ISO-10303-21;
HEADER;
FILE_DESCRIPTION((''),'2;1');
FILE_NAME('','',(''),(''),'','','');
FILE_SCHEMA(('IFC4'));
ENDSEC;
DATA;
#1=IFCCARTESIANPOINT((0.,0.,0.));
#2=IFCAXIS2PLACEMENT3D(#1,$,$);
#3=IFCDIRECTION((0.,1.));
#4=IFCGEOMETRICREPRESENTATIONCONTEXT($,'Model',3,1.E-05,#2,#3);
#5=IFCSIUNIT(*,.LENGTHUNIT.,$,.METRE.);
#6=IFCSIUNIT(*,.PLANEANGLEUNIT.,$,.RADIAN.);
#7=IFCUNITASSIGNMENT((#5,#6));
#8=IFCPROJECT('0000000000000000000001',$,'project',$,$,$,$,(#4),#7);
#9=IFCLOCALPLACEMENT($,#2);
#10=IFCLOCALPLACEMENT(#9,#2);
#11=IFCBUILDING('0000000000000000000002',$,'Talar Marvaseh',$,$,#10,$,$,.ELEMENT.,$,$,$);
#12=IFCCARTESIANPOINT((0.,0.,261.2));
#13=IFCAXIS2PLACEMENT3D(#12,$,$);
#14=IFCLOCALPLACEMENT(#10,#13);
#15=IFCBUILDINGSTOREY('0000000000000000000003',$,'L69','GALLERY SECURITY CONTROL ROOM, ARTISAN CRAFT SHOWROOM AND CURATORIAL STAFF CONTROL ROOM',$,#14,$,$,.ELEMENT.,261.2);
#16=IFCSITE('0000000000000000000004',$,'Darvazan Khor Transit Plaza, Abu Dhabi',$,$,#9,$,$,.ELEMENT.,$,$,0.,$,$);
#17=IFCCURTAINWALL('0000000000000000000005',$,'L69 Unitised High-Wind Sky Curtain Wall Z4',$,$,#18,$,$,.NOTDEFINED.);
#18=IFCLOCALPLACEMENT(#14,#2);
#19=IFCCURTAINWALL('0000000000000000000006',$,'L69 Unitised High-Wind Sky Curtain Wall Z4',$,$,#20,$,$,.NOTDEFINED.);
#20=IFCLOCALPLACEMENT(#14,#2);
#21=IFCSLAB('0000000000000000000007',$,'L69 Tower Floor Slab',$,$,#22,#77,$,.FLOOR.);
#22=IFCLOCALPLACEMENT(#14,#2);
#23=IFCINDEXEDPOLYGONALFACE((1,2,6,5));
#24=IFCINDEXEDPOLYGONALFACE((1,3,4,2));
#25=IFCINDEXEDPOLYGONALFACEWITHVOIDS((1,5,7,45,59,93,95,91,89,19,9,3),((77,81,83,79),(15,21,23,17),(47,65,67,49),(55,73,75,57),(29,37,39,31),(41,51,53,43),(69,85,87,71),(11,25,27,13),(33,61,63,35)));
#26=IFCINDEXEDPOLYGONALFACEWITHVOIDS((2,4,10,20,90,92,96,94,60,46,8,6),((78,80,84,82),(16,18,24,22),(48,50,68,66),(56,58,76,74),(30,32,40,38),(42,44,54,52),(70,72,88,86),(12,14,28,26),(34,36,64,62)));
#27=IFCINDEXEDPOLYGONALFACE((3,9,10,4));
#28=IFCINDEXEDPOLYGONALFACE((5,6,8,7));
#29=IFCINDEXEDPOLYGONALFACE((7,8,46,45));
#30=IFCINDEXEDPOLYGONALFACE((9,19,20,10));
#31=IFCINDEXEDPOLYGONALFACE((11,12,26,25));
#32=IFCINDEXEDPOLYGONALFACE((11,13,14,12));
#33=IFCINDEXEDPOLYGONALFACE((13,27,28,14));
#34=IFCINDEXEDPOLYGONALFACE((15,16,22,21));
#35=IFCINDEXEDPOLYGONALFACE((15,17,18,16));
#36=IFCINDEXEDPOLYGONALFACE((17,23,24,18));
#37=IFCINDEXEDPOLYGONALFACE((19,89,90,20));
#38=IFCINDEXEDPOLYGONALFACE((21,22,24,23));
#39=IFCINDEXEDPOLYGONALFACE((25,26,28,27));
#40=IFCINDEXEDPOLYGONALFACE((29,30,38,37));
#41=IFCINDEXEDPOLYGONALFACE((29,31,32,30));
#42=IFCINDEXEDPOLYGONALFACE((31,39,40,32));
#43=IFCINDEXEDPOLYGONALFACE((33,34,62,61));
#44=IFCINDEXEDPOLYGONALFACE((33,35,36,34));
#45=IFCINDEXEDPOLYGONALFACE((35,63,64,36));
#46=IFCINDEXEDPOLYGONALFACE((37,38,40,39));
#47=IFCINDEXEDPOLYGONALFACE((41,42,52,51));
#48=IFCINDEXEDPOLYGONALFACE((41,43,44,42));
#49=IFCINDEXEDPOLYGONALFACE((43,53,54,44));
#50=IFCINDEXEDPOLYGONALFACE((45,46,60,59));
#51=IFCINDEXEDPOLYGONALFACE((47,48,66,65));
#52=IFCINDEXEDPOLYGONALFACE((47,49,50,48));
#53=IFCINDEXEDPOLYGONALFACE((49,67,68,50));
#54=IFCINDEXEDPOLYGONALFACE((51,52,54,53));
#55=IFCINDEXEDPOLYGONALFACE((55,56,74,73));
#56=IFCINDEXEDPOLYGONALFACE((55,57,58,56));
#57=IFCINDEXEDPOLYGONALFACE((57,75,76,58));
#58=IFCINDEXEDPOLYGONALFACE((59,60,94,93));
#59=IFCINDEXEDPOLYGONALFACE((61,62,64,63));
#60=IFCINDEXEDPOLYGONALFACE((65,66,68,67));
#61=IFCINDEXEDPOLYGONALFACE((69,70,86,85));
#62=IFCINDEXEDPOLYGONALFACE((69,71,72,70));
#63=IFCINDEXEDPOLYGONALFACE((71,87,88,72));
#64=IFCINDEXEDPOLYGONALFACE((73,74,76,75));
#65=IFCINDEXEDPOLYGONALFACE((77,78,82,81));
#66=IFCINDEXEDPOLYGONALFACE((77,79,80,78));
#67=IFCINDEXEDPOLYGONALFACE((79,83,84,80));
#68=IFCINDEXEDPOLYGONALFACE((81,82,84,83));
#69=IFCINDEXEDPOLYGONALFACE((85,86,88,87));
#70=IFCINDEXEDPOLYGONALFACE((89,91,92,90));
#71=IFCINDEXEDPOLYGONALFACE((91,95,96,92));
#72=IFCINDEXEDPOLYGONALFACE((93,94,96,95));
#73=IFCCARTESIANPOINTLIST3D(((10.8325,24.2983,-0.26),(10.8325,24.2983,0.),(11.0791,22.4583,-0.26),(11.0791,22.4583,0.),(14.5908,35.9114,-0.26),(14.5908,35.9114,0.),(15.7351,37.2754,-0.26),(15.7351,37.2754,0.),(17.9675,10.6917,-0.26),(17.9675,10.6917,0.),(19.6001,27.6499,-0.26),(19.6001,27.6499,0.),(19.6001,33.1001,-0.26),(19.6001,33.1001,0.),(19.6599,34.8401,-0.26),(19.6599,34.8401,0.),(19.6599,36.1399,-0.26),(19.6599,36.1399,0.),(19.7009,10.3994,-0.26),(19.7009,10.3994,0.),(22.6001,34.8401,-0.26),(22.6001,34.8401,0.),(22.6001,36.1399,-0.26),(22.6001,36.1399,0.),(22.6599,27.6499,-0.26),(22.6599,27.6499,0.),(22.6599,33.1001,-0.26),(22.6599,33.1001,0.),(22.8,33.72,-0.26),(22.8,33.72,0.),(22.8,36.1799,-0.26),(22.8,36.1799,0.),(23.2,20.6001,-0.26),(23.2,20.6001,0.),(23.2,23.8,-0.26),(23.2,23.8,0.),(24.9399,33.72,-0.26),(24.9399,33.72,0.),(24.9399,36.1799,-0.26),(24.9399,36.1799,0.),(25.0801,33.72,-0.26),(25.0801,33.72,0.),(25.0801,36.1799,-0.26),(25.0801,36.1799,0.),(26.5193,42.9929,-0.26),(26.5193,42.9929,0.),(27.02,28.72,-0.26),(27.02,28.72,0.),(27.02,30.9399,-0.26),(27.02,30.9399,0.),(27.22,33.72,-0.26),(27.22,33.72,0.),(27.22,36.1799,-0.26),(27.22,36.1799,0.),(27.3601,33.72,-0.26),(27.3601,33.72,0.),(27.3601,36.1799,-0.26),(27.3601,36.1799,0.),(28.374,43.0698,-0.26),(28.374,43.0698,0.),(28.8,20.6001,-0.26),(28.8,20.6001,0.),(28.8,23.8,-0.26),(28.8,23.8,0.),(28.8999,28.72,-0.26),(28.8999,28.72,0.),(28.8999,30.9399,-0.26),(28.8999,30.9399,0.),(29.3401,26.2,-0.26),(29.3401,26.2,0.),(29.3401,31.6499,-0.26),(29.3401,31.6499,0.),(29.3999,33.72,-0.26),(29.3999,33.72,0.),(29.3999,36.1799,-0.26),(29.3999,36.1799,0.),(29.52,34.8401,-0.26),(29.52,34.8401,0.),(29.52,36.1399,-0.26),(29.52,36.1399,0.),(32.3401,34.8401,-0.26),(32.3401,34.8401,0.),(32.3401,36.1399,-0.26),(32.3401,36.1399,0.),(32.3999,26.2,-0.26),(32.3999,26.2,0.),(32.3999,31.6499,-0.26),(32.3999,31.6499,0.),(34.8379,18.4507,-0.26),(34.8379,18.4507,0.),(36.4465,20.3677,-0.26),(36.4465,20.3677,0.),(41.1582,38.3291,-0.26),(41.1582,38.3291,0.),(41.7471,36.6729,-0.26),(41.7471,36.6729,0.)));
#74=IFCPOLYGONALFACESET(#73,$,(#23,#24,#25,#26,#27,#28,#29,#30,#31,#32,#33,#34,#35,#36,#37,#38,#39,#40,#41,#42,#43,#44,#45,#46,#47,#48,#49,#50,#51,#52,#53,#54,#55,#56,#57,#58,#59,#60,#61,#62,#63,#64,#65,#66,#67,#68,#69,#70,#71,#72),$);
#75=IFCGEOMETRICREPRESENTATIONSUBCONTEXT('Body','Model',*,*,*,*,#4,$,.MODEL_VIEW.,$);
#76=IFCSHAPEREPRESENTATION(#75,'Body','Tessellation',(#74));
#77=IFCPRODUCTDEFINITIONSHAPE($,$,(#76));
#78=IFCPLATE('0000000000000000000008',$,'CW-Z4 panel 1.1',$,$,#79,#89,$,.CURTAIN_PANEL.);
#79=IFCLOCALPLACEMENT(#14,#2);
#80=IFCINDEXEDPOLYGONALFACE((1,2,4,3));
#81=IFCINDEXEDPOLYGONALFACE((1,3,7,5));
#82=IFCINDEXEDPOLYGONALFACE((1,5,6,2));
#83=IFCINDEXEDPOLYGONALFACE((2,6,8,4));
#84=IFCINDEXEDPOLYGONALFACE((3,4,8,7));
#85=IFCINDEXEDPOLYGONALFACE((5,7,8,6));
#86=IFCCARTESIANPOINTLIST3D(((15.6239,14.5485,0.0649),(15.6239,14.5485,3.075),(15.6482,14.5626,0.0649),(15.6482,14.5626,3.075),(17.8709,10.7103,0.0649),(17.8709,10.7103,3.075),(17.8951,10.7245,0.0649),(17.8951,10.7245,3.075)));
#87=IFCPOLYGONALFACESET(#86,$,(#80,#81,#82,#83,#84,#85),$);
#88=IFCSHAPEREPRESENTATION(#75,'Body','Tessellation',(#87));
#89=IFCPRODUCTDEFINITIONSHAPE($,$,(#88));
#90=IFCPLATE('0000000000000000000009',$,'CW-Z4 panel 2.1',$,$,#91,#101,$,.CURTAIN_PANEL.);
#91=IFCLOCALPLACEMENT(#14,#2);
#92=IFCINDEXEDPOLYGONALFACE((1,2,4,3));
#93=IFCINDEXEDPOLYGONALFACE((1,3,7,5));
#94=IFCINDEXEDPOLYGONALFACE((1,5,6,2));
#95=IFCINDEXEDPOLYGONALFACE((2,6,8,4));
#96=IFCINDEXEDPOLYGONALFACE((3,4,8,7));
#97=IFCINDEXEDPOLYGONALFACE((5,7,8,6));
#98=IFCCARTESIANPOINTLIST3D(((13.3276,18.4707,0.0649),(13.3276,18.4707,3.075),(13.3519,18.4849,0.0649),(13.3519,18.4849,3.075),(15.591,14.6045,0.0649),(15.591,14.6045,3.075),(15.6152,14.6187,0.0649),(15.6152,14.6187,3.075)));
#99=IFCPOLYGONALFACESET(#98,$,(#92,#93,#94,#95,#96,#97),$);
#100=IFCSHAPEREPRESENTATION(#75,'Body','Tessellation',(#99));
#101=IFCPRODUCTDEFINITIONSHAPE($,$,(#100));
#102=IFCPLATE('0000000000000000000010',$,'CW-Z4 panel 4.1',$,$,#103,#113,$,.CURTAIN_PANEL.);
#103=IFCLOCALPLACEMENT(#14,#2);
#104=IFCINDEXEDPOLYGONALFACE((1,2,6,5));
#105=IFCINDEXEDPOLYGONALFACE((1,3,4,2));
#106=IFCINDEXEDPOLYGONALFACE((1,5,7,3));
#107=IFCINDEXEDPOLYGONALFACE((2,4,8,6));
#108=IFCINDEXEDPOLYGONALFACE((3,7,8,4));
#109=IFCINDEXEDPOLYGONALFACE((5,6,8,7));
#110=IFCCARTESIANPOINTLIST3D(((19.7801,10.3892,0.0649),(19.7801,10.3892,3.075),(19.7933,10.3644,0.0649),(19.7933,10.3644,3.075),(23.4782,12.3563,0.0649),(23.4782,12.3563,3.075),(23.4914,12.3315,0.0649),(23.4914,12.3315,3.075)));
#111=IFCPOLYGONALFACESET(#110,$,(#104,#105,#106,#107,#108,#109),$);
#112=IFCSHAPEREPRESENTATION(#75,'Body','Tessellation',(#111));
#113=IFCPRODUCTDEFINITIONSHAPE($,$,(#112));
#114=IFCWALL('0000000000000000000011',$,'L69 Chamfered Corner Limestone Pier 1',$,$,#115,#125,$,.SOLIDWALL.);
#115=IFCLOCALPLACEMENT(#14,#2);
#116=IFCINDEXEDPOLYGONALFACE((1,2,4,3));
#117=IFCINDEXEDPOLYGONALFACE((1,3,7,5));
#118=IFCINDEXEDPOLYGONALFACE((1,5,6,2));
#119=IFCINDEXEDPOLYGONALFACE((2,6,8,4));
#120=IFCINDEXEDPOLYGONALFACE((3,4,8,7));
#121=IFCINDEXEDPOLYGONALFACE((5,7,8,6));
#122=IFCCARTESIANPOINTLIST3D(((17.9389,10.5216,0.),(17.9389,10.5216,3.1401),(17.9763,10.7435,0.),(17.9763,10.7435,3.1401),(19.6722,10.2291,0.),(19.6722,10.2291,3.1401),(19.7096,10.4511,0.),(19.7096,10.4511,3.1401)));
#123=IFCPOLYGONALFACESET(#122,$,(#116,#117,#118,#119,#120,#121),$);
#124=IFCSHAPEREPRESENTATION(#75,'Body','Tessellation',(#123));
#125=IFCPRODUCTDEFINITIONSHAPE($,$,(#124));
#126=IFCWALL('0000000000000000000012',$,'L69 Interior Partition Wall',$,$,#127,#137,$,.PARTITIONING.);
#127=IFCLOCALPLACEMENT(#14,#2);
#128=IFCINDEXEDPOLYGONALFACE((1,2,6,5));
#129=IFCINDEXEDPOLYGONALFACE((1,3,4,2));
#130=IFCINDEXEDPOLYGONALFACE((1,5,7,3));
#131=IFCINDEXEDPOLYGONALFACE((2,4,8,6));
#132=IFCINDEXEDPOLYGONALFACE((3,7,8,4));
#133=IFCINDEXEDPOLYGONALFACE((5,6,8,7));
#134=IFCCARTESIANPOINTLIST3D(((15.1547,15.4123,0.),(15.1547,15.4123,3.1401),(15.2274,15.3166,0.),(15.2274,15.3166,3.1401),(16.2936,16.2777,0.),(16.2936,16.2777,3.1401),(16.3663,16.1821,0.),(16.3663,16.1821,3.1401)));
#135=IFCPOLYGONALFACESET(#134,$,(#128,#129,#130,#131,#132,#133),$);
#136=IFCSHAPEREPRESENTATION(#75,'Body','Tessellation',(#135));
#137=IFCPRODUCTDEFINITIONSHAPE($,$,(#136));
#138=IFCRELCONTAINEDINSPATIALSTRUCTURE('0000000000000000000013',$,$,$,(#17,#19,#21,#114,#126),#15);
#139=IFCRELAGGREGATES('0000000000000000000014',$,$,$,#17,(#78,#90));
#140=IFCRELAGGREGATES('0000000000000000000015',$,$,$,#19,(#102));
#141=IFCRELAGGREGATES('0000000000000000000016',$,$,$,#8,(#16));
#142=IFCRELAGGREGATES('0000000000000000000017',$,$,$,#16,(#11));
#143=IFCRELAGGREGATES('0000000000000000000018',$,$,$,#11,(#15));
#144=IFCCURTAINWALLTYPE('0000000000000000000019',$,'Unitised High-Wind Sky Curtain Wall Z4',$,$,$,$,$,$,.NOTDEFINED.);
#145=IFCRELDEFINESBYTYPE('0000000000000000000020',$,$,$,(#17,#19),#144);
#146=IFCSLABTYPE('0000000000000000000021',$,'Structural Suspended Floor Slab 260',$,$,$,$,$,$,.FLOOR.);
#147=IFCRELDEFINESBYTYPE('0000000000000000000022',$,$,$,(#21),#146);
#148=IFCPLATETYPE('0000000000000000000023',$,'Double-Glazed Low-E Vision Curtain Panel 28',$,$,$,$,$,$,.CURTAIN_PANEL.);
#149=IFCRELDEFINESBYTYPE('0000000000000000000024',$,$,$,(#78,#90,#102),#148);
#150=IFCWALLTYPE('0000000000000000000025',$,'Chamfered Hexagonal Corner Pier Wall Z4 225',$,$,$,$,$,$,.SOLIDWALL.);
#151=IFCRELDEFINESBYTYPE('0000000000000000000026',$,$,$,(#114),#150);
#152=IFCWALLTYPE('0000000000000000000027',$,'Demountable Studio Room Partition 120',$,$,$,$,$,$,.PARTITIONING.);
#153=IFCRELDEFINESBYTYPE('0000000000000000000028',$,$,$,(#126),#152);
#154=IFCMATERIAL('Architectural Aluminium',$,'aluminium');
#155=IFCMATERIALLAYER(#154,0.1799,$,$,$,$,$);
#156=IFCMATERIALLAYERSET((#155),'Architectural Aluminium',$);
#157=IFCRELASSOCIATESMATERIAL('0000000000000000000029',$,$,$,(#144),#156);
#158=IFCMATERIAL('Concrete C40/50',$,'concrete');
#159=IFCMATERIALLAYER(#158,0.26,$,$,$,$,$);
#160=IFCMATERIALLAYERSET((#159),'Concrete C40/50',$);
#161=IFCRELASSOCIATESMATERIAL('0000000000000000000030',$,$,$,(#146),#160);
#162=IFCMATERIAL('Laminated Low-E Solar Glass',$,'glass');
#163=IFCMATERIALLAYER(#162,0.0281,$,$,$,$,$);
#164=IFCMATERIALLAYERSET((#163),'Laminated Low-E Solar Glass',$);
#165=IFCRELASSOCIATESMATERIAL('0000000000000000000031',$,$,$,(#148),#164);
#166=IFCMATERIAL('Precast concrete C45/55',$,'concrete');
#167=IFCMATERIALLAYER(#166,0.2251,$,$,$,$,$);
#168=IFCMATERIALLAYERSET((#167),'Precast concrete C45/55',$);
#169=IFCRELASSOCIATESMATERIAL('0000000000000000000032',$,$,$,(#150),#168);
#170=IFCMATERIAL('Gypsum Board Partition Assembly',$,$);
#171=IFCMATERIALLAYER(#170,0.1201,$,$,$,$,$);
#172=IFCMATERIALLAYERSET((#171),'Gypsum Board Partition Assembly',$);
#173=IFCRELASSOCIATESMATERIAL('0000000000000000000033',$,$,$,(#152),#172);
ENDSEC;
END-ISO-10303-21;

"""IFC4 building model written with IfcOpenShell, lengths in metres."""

from ifc_helpers import new_model, si_unit, direction, frame, frame_2d, origin, origin_2d, place, context, subcontext, project, spatial, polyline, rectangle, outline, extrude, source, transform, mapped, material, layer, layer_set, type_object, type_shapes, element, aggregate, save


model = new_model("IFC4")

# Units and contexts
model_context = context("Model", 3, precision=1e-05, world=origin(), true_north=direction((0.0, 1.0)))
body_context = subcontext(model_context, "Body", "Model", "MODEL_VIEW")
ifc_project = project(units=[si_unit("LENGTHUNIT", "METRE"), si_unit("PLANEANGLEUNIT", "RADIAN")], contexts=[model_context])

# Site, building, storey
site_placement = place(None, origin())
site = spatial("IfcSite", under=ifc_project, at=site_placement, Name="Darvazan Khor Transit Plaza, Abu Dhabi", CompositionType="ELEMENT", RefElevation=0.0)
building_placement = place(site_placement, origin())
building = spatial("IfcBuilding", under=site, at=building_placement, Name="Talar Marvaseh", CompositionType="ELEMENT")
storey_placement = place(building_placement, frame((0.0, 0.0, 261.2)))
storey = spatial("IfcBuildingStorey", under=building, at=storey_placement, Name="L69", Description="GALLERY SECURITY CONTROL ROOM, ARTISAN CRAFT SHOWROOM AND CURATORIAL STAFF CONTROL ROOM", CompositionType="ELEMENT", Elevation=261.2)

# Curtain wall
ifc_material_1 = material(Name="Architectural Aluminium", Category="aluminium")
ifc_layer_1 = layer(ifc_material_1, 0.1799)
ifc_layer_set_1 = layer_set([ifc_layer_1], Name="Architectural Aluminium")
curtain_wall_type = type_object("IfcCurtainWallType", Name="Unitised High-Wind Sky Curtain Wall Z4", PredefinedType="NOTDEFINED", material=ifc_layer_set_1)
curtain_wall_1_placement = place(storey_placement, origin())
curtain_wall_1 = element("IfcCurtainWall", 1, at=curtain_wall_1_placement, inside=storey, type_object=curtain_wall_type, Name="L69 Unitised High-Wind Sky Curtain Wall Z4", PredefinedType="NOTDEFINED")

# Curtain wall
curtain_wall_2_placement = place(storey_placement, origin())
curtain_wall_2 = element("IfcCurtainWall", 2, at=curtain_wall_2_placement, inside=storey, type_object=curtain_wall_type, Name="L69 Unitised High-Wind Sky Curtain Wall Z4", PredefinedType="NOTDEFINED")

# Shared definitions
ifc_material_2 = material(Name="Concrete C40/50", Category="concrete")

# Slab
ifc_layer_2 = layer(ifc_material_2, 0.26)
ifc_layer_set_2 = layer_set([ifc_layer_2], Name="Concrete C40/50")
slab_type_1 = type_object("IfcSlabType", Name="Structural Suspended Floor Slab 260", PredefinedType="FLOOR", material=ifc_layer_set_2)
slab_1_placement = place(storey_placement, frame((0.0, 0.0, -0.26)))
element("IfcSlab", 3, at=slab_1_placement, inside=storey, type_object=slab_type_1, Name="L69 Tower Floor Slab", PredefinedType="FLOOR", context=body_context, shape_type="SweptSolid", body=[
    extrude(outline(polyline([(19.7009, 10.3994), (17.9675, 10.6917), (11.0791, 22.4583), (10.8325, 24.2983), (14.5908, 35.9114), (15.7351, 37.2754), (26.5193, 42.9929), (28.374, 43.0698), (41.1582, 38.3291), (41.7471, 36.6729), (36.4465, 20.3677), (34.8379, 18.4507), (19.7009, 10.3994)]), holes=[polyline([(22.6599, 27.6499), (22.6599, 33.1001), (19.6001, 33.1001), (19.6001, 27.6499), (22.6599, 27.6499)]), polyline([(29.3401, 31.6499), (29.3401, 26.2), (32.3999, 26.2), (32.3999, 31.6499), (29.3401, 31.6499)]), polyline([(22.8, 33.72), (24.9399, 33.72), (24.9399, 36.1799), (22.8, 36.1799), (22.8, 33.72)]), polyline([(25.0801, 33.72), (27.22, 33.72), (27.22, 36.1799), (25.0801, 36.1799), (25.0801, 33.72)]), polyline([(27.3601, 33.72), (29.3999, 33.72), (29.3999, 36.1799), (27.3601, 36.1799), (27.3601, 33.72)]), polyline([(27.02, 28.72), (28.8999, 28.72), (28.8999, 30.9399), (27.02, 30.9399), (27.02, 28.72)]), polyline([(19.6599, 34.8401), (22.6001, 34.8401), (22.6001, 36.1399), (19.6599, 36.1399), (19.6599, 34.8401)]), polyline([(29.52, 34.8401), (32.3401, 34.8401), (32.3401, 36.1399), (29.52, 36.1399), (29.52, 34.8401)]), polyline([(23.2, 20.6001), (28.8, 20.6001), (28.8, 23.8), (23.2, 23.8), (23.2, 20.6001)])]), origin(), (0.0, 0.0, 1.0), 0.26),
])

# Plates
ifc_material_3 = material(Name="Laminated Low-E Solar Glass", Category="glass")
ifc_layer_3 = layer(ifc_material_3, 0.0281)
ifc_layer_set_3 = layer_set([ifc_layer_3], Name="Laminated Low-E Solar Glass")
plate_type = type_object("IfcPlateType", Name="Double-Glazed Low-E Vision Curtain Panel 28", PredefinedType="CURTAIN_PANEL", material=ifc_layer_set_3)
shared_shape_1 = source(origin(), body_context, "Body", "SweptSolid", [
    extrude(rectangle(XDim=4.4475, YDim=0.0281, at=origin_2d()), origin(), (0.0, 0.0, 1.0), 3.01),
])
plate_1_placement = place(storey_placement, frame((16.7595, 12.6365, 0.0649), z_axis=(0.0, 0.0, 1.0), x_axis=(-0.505219, 0.862991, 0.0)))
plate_1 = element("IfcPlate", 4, at=plate_1_placement, type_object=plate_type, Name="CW-Z4 panel 1.1", PredefinedType="CURTAIN_PANEL", context=body_context, shape_type="MappedRepresentation", body=[
    mapped(shared_shape_1, transform((0.0, 0.0, 0.0), x_axis=(1.0, 0.0, 0.0), y_axis=(0.0, 1.0, 0.0), z_axis=(0.0, 0.0, 1.0), scale=1.0)),
])
shared_shape_2 = source(origin(), body_context, "Body", "SweptSolid", [
    extrude(rectangle(XDim=4.48, YDim=0.0281, at=origin_2d()), origin(), (0.0, 0.0, 1.0), 3.01),
])
plate_2_placement = place(storey_placement, frame((14.4714, 16.5447, 0.0649), z_axis=(0.0, 0.0, 1.0), x_axis=(-0.505219, 0.862991, 0.0)))
plate_2 = element("IfcPlate", 5, at=plate_2_placement, type_object=plate_type, Name="CW-Z4 panel 2.1", PredefinedType="CURTAIN_PANEL", context=body_context, shape_type="MappedRepresentation", body=[
    mapped(shared_shape_2, transform((0.0, 0.0, 0.0), x_axis=(1.0, 0.0, 0.0), y_axis=(0.0, 1.0, 0.0), z_axis=(0.0, 0.0, 1.0), scale=1.0)),
])
aggregate(curtain_wall_1, [plate_1, plate_2])
shared_shape_3 = source(origin(), body_context, "Body", "SweptSolid", [
    extrude(rectangle(XDim=4.1887, YDim=0.0281, at=origin_2d()), origin(), (0.0, 0.0, 1.0), 3.01),
])
type_shapes(plate_type, [shared_shape_1, shared_shape_2, shared_shape_3])
plate_3_placement = place(storey_placement, frame((21.6357, 11.3604, 0.0649), z_axis=(0.0, 0.0, 1.0), x_axis=(-0.882877, -0.469604, 0.0)))
plate_3 = element("IfcPlate", 6, at=plate_3_placement, type_object=plate_type, Name="CW-Z4 panel 4.1", PredefinedType="CURTAIN_PANEL", context=body_context, shape_type="MappedRepresentation", body=[
    mapped(shared_shape_3, transform((0.0, 0.0, 0.0), x_axis=(1.0, 0.0, 0.0), y_axis=(0.0, 1.0, 0.0), z_axis=(0.0, 0.0, 1.0), scale=1.0)),
])
aggregate(curtain_wall_2, [plate_3])

# Walls
ifc_material_4 = material(Name="Precast concrete C45/55", Category="concrete")
ifc_layer_4 = layer(ifc_material_4, 0.2251)
ifc_layer_set_4 = layer_set([ifc_layer_4], Name="Precast concrete C45/55")
wall_type_1 = type_object("IfcWallType", Name="Chamfered Hexagonal Corner Pier Wall Z4 225", PredefinedType="SOLIDWALL", material=ifc_layer_set_4)
wall_1_placement = place(storey_placement, frame((19.6909, 10.3401, 0.0), z_axis=(0.0, 0.0, 1.0), x_axis=(-0.986062, 0.166381, 0.0)))
element("IfcWall", 7, at=wall_1_placement, inside=storey, type_object=wall_type_1, Name="L69 Chamfered Corner Limestone Pier 1", PredefinedType="SOLIDWALL", context=body_context, shape_type="SweptSolid", body=[
    extrude(rectangle(XDim=1.7578, YDim=0.2251, at=frame_2d((0.8789, 0.0))), origin(), (0.0, 0.0, 1.0), 3.1401),
])
ifc_material_5 = material(Name="Gypsum Board Partition Assembly")
ifc_layer_5 = layer(ifc_material_5, 0.1201)
ifc_layer_set_5 = layer_set([ifc_layer_5], Name="Gypsum Board Partition Assembly")
wall_type_2 = type_object("IfcWallType", Name="Demountable Studio Room Partition 120", PredefinedType="PARTITIONING", material=ifc_layer_set_5)
wall_2_placement = place(storey_placement, frame((16.3301, 16.23, 0.0), z_axis=(0.0, 0.0, 1.0), x_axis=(-0.796195, -0.60504, 0.0)))
element("IfcWall", 8, at=wall_2_placement, inside=storey, type_object=wall_type_2, Name="L69 Interior Partition Wall", PredefinedType="PARTITIONING", context=body_context, shape_type="SweptSolid", body=[
    extrude(rectangle(XDim=1.4304, YDim=0.1201, at=frame_2d((0.7153, 0.0))), origin(), (0.0, 0.0, 1.0), 3.1401),
])

save(model, "model.ifc")
